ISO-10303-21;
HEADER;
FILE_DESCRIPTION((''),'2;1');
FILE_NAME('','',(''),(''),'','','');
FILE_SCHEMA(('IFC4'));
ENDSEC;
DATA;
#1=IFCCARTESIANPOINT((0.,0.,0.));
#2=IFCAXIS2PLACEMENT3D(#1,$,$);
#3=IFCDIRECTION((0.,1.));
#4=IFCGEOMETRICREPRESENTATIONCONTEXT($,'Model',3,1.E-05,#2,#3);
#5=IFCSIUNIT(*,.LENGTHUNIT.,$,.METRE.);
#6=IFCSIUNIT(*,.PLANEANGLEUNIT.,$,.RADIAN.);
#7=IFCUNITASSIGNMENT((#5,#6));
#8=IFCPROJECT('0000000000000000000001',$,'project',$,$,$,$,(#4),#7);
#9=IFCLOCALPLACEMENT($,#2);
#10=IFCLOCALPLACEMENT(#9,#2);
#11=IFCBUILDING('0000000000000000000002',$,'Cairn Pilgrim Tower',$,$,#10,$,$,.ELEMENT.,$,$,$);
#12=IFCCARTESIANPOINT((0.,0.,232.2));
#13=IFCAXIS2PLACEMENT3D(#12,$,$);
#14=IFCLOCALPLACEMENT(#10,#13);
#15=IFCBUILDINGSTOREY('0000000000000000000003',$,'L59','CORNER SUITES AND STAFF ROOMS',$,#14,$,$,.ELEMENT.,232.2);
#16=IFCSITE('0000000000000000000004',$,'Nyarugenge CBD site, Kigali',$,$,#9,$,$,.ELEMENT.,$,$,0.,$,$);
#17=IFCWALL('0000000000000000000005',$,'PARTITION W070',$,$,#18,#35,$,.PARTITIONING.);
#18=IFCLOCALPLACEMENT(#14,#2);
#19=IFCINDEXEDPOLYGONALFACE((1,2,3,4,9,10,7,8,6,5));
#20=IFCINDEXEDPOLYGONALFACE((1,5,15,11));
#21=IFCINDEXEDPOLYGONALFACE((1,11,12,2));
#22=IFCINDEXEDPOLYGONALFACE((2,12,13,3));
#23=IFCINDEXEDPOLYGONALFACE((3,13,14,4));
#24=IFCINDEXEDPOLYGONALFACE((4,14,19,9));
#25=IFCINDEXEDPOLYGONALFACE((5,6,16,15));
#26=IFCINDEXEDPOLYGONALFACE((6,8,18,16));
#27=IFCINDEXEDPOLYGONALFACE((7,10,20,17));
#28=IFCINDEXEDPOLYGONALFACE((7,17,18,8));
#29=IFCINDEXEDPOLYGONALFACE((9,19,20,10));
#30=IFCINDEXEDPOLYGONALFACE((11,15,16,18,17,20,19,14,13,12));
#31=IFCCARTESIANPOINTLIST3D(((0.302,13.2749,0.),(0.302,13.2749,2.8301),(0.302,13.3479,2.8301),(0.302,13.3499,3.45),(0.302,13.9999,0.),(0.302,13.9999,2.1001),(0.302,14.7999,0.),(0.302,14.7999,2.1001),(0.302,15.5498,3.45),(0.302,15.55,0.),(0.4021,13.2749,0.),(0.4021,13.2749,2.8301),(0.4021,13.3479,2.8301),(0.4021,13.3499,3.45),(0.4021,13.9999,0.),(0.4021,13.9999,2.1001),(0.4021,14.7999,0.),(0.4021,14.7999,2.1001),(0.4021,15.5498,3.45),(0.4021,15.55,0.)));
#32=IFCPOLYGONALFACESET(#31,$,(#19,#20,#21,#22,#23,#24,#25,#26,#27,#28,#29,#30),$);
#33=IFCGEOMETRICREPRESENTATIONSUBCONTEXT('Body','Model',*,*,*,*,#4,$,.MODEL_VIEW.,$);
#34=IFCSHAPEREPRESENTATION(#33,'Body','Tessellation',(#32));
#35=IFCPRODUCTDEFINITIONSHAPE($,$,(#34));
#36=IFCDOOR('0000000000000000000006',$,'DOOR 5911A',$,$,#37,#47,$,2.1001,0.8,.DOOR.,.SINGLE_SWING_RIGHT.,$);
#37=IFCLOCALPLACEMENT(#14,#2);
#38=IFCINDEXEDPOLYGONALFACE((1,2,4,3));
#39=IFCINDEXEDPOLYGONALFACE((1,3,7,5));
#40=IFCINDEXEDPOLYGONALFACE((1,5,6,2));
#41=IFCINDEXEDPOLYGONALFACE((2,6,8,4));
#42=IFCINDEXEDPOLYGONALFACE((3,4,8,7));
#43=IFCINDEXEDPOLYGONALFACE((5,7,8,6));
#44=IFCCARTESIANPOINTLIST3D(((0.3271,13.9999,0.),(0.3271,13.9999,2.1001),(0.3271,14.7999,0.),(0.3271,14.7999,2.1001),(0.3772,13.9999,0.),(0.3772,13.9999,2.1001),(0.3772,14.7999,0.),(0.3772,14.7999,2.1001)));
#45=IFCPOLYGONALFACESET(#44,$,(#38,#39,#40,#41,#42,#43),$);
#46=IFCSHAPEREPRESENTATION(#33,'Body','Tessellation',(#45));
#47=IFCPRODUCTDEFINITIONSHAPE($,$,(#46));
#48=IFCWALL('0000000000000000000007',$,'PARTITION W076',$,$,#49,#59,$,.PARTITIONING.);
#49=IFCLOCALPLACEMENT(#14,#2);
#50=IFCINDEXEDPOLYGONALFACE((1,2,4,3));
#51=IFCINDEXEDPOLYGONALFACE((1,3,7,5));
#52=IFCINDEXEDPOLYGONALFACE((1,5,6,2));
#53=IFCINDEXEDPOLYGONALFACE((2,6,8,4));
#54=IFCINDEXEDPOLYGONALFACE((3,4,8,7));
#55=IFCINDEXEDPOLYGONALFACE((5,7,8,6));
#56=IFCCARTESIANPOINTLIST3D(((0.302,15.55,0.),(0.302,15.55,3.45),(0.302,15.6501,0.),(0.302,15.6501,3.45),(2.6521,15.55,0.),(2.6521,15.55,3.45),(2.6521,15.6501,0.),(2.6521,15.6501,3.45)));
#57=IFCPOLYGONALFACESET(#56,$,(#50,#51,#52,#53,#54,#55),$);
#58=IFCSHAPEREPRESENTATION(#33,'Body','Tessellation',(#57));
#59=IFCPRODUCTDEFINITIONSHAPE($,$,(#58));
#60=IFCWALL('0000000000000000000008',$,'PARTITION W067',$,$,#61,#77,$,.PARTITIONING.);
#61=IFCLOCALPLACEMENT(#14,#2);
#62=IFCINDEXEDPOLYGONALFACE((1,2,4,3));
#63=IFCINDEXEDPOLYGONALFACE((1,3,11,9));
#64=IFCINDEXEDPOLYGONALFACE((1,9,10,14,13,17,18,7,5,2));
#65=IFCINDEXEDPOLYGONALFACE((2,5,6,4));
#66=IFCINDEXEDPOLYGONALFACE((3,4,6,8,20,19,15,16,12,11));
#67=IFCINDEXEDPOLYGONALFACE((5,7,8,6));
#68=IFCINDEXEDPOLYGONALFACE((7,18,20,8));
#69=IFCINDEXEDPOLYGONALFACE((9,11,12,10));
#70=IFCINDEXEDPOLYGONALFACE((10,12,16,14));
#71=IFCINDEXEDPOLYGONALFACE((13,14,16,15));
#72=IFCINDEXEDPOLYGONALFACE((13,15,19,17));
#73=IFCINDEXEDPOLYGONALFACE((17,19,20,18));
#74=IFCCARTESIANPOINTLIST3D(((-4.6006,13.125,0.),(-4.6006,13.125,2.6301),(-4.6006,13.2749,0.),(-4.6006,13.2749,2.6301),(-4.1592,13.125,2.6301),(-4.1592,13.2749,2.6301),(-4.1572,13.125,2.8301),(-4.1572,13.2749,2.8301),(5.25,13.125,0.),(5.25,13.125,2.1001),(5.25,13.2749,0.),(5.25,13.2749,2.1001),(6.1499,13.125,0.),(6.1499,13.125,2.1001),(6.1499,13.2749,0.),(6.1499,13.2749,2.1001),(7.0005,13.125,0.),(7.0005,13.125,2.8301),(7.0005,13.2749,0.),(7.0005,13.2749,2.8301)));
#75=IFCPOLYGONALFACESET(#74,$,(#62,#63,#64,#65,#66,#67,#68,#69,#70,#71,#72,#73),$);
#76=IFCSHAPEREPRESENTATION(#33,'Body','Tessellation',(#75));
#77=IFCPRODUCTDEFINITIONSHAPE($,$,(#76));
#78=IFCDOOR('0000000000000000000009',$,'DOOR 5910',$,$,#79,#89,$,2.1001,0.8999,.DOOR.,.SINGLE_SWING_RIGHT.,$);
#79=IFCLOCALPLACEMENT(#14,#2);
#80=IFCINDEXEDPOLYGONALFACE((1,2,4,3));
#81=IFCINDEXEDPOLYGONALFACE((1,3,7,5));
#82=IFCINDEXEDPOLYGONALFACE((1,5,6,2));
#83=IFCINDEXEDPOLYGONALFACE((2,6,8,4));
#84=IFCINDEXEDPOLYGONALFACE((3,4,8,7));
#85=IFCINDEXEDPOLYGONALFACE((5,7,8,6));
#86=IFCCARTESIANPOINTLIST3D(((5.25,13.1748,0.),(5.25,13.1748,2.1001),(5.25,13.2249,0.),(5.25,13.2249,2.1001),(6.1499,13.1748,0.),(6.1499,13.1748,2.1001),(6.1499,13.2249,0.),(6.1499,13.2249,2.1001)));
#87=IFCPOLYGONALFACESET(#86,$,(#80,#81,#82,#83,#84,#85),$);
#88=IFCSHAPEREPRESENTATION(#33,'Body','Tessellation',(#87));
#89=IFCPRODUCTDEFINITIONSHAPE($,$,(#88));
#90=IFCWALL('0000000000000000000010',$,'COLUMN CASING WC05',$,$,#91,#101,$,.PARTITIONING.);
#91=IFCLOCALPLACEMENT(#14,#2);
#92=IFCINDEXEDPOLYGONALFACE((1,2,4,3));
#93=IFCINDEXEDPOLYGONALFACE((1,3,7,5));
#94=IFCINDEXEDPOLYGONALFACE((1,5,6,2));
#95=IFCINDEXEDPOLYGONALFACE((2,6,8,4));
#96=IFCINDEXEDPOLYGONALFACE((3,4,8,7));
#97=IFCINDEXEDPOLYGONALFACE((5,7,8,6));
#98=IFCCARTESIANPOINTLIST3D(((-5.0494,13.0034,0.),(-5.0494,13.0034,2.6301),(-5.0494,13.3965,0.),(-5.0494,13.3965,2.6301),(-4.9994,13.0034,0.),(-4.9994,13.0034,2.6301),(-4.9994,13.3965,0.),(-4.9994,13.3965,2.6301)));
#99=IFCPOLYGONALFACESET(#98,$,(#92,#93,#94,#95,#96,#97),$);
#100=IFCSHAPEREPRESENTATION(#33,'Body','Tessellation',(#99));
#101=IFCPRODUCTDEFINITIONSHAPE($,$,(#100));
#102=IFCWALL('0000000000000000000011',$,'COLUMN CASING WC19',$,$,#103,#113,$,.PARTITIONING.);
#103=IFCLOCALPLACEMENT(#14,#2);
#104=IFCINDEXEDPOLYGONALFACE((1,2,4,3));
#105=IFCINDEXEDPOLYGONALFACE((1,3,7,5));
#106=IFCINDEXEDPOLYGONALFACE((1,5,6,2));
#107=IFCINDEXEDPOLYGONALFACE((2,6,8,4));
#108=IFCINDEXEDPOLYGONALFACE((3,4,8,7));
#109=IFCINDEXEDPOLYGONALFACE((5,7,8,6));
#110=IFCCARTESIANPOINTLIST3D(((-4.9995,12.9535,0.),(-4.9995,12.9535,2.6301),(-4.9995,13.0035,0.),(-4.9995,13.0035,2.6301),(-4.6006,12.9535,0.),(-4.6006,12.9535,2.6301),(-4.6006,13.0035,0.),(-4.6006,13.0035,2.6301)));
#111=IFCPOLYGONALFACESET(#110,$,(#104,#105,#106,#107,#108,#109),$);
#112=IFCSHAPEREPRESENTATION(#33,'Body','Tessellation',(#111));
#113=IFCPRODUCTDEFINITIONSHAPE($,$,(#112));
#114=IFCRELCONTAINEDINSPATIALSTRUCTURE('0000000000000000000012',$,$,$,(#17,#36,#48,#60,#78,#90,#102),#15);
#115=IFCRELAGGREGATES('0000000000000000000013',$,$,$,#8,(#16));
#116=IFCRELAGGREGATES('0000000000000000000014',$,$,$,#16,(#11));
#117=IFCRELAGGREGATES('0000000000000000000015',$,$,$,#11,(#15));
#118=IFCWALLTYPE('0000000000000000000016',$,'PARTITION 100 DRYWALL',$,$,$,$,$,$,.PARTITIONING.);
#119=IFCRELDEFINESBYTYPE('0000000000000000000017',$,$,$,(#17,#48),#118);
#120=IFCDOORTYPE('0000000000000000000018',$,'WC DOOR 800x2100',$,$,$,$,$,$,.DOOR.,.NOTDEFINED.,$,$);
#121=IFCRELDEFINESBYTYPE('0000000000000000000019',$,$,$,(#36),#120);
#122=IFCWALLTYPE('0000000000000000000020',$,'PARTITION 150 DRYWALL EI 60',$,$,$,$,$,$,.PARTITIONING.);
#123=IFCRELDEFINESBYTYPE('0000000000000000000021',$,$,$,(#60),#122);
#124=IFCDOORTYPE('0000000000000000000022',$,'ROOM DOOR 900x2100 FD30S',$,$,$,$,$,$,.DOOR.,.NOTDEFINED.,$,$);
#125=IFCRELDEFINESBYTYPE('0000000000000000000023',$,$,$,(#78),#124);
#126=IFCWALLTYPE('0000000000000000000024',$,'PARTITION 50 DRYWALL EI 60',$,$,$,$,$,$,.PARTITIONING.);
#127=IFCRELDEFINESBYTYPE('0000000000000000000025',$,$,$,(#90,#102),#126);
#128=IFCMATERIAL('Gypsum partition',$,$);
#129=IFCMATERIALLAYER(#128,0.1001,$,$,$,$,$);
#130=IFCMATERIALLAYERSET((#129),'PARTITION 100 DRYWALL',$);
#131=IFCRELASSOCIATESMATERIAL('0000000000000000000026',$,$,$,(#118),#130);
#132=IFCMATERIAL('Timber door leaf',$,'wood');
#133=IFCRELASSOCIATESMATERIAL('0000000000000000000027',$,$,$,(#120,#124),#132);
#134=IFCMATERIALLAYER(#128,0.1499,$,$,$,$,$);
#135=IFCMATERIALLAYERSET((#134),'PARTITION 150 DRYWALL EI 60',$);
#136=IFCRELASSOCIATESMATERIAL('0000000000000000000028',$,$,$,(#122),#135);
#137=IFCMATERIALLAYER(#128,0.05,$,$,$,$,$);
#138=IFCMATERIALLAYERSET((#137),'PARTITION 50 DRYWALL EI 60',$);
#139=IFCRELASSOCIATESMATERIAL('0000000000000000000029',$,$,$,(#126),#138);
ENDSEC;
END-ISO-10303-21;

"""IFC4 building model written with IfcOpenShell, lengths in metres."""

from ifc_helpers import new_model, si_unit, direction, frame, frame_2d, origin, place, context, subcontext, project, spatial, polyline, rectangle, outline, extrude, material, layer, layer_set, type_object, element, fill, save


model = new_model("IFC4")

# Units and contexts
model_context = context("Model", 3, precision=1e-05, world=origin(), true_north=direction((0.0, 1.0)))
body_context = subcontext(model_context, "Body", "Model", "MODEL_VIEW")
ifc_project = project(units=[si_unit("LENGTHUNIT", "METRE"), si_unit("PLANEANGLEUNIT", "RADIAN")], contexts=[model_context])

# Site, building, storey
site_placement = place(None, origin())
site = spatial("IfcSite", under=ifc_project, at=site_placement, Name="Nyarugenge CBD site, Kigali", CompositionType="ELEMENT", RefElevation=0.0)
building_placement = place(site_placement, origin())
building = spatial("IfcBuilding", under=site, at=building_placement, Name="Cairn Pilgrim Tower", CompositionType="ELEMENT")
storey_placement = place(building_placement, frame((0.0, 0.0, 232.2)))
storey = spatial("IfcBuildingStorey", under=building, at=storey_placement, Name="L59", Description="CORNER SUITES AND STAFF ROOMS", CompositionType="ELEMENT", Elevation=232.2)

# Wall, opening, door
ifc_material_1 = material(Name="Gypsum partition")
ifc_layer_1 = layer(ifc_material_1, 0.1001)
ifc_layer_set_1 = layer_set([ifc_layer_1], Name="PARTITION 100 DRYWALL")
wall_type_1 = type_object("IfcWallType", Name="PARTITION 100 DRYWALL", PredefinedType="PARTITIONING", material=ifc_layer_set_1)
wall_1_placement = place(storey_placement, frame((0.3521, 13.2749, 0.0), z_axis=(0.0, 0.0, 1.0), x_axis=(0.0, 1.0, 0.0)))
wall_1 = element("IfcWall", 1, at=wall_1_placement, inside=storey, type_object=wall_type_1, Name="PARTITION W070", PredefinedType="PARTITIONING", context=body_context, shape_type="SweptSolid", body=[
    extrude(outline(polyline([(0.0, 0.0), (2.2751, 0.0), (2.2749, 3.45), (0.075, 3.45), (0.073, 2.8301), (0.0, 2.8301), (0.0, 0.0)])), frame((0.0, 0.05, 0.0), z_axis=(0.0, -1.0, 0.0), x_axis=(1.0, 0.0, 0.0)), (0.0, 0.0, 1.0), 0.1001),
])
opening_1_placement = place(wall_1_placement, frame((0.7251, 0.0, 0.0)))
opening_1 = element("IfcOpeningElement", 2, at=opening_1_placement, cuts=wall_1, PredefinedType="OPENING", context=body_context, shape_type="SweptSolid", body=[
    extrude(rectangle(XDim=0.8, YDim=2.1001, at=frame_2d((0.3999, 1.05))), frame((0.0, 0.0601, 0.0), z_axis=(0.0, -1.0, 0.0), x_axis=(1.0, 0.0, 0.0)), (0.0, 0.0, 1.0), 0.1201),
])
ifc_material_2 = material(Name="Timber door leaf", Category="wood")
door_type_1 = type_object("IfcDoorType", Name="WC DOOR 800x2100", OperationType="NOTDEFINED", PredefinedType="DOOR", material=ifc_material_2)
door_1_placement = place(opening_1_placement, origin())
door_1 = element("IfcDoor", 3, at=door_1_placement, inside=storey, type_object=door_type_1, Name="DOOR 5911A", OperationType="SINGLE_SWING_RIGHT", OverallHeight=2.1001, OverallWidth=0.8, PredefinedType="DOOR", context=body_context, shape_type="SweptSolid", body=[
    extrude(rectangle(XDim=0.8, YDim=2.1001, at=frame_2d((0.3999, 1.05))), frame((0.0, 0.0249, 0.0), z_axis=(0.0, -1.0, 0.0), x_axis=(1.0, 0.0, 0.0)), (0.0, 0.0, 1.0), 0.05),
])
fill(opening_1, door_1)

# Wall
wall_2_placement = place(storey_placement, frame((0.302, 15.6001, 0.0), z_axis=(0.0, 0.0, 1.0), x_axis=(1.0, 0.0, 0.0)))
element("IfcWall", 4, at=wall_2_placement, inside=storey, type_object=wall_type_1, Name="PARTITION W076", PredefinedType="PARTITIONING", context=body_context, shape_type="SweptSolid", body=[
    extrude(rectangle(XDim=2.3501, YDim=0.1001, at=frame_2d((1.175, 0.0))), origin(), (0.0, 0.0, 1.0), 3.45),
])

# Wall, opening, door
ifc_layer_2 = layer(ifc_material_1, 0.1499)
ifc_layer_set_2 = layer_set([ifc_layer_2], Name="PARTITION 150 DRYWALL EI 60")
wall_type_2 = type_object("IfcWallType", Name="PARTITION 150 DRYWALL EI 60", PredefinedType="PARTITIONING", material=ifc_layer_set_2)
wall_3_placement = place(storey_placement, frame((-4.6006, 13.2, 0.0), z_axis=(0.0, 0.0, 1.0), x_axis=(1.0, 0.0, 0.0)))
wall_3 = element("IfcWall", 5, at=wall_3_placement, inside=storey, type_object=wall_type_2, Name="PARTITION W067", PredefinedType="PARTITIONING", context=body_context, shape_type="SweptSolid", body=[
    extrude(outline(polyline([(0.0, 0.0), (11.6011, 0.0), (11.6011, 2.8301), (0.4434, 2.8301), (0.4414, 2.6301), (0.0, 2.6301), (0.0, 0.0)])), frame((0.0, 0.075, 0.0), z_axis=(0.0, -1.0, 0.0), x_axis=(1.0, 0.0, 0.0)), (0.0, 0.0, 1.0), 0.1499),
])
opening_2_placement = place(wall_3_placement, frame((9.8506, 0.0, 0.0)))
opening_2 = element("IfcOpeningElement", 6, at=opening_2_placement, cuts=wall_3, PredefinedType="OPENING", context=body_context, shape_type="SweptSolid", body=[
    extrude(rectangle(XDim=0.8999, YDim=2.1001, at=frame_2d((0.45, 1.05))), frame((0.0, 0.085, 0.0), z_axis=(0.0, -1.0, 0.0), x_axis=(1.0, 0.0, 0.0)), (0.0, 0.0, 1.0), 0.1699),
])
door_type_2 = type_object("IfcDoorType", Name="ROOM DOOR 900x2100 FD30S", OperationType="NOTDEFINED", PredefinedType="DOOR", material=ifc_material_2)
door_2_placement = place(opening_2_placement, origin())
door_2 = element("IfcDoor", 7, at=door_2_placement, inside=storey, type_object=door_type_2, Name="DOOR 5910", OperationType="SINGLE_SWING_RIGHT", OverallHeight=2.1001, OverallWidth=0.8999, PredefinedType="DOOR", context=body_context, shape_type="SweptSolid", body=[
    extrude(rectangle(XDim=0.8999, YDim=2.1001, at=frame_2d((0.45, 1.05))), frame((0.0, 0.0249, 0.0), z_axis=(0.0, -1.0, 0.0), x_axis=(1.0, 0.0, 0.0)), (0.0, 0.0, 1.0), 0.05),
])
fill(opening_2, door_2)

# Walls
ifc_layer_3 = layer(ifc_material_1, 0.05)
ifc_layer_set_3 = layer_set([ifc_layer_3], Name="PARTITION 50 DRYWALL EI 60")
wall_type_3 = type_object("IfcWallType", Name="PARTITION 50 DRYWALL EI 60", PredefinedType="PARTITIONING", material=ifc_layer_set_3)
wall_4_placement = place(storey_placement, frame((-5.0244, 13.0034, 0.0), z_axis=(0.0, 0.0, 1.0), x_axis=(0.0, 1.0, 0.0)))
element("IfcWall", 8, at=wall_4_placement, inside=storey, type_object=wall_type_3, Name="COLUMN CASING WC05", PredefinedType="PARTITIONING", context=body_context, shape_type="SweptSolid", body=[
    extrude(rectangle(XDim=0.3931, YDim=0.05, at=frame_2d((0.1965, 0.0))), origin(), (0.0, 0.0, 1.0), 2.6301),
])
wall_5_placement = place(storey_placement, frame((-4.9995, 12.9785, 0.0), z_axis=(0.0, 0.0, 1.0), x_axis=(1.0, 0.0, 0.0)))
element("IfcWall", 9, at=wall_5_placement, inside=storey, type_object=wall_type_3, Name="COLUMN CASING WC19", PredefinedType="PARTITIONING", context=body_context, shape_type="SweptSolid", body=[
    extrude(rectangle(XDim=0.3989, YDim=0.05, at=frame_2d((0.1995, 0.0))), origin(), (0.0, 0.0, 1.0), 2.6301),
])

save(model, "model.ifc")
